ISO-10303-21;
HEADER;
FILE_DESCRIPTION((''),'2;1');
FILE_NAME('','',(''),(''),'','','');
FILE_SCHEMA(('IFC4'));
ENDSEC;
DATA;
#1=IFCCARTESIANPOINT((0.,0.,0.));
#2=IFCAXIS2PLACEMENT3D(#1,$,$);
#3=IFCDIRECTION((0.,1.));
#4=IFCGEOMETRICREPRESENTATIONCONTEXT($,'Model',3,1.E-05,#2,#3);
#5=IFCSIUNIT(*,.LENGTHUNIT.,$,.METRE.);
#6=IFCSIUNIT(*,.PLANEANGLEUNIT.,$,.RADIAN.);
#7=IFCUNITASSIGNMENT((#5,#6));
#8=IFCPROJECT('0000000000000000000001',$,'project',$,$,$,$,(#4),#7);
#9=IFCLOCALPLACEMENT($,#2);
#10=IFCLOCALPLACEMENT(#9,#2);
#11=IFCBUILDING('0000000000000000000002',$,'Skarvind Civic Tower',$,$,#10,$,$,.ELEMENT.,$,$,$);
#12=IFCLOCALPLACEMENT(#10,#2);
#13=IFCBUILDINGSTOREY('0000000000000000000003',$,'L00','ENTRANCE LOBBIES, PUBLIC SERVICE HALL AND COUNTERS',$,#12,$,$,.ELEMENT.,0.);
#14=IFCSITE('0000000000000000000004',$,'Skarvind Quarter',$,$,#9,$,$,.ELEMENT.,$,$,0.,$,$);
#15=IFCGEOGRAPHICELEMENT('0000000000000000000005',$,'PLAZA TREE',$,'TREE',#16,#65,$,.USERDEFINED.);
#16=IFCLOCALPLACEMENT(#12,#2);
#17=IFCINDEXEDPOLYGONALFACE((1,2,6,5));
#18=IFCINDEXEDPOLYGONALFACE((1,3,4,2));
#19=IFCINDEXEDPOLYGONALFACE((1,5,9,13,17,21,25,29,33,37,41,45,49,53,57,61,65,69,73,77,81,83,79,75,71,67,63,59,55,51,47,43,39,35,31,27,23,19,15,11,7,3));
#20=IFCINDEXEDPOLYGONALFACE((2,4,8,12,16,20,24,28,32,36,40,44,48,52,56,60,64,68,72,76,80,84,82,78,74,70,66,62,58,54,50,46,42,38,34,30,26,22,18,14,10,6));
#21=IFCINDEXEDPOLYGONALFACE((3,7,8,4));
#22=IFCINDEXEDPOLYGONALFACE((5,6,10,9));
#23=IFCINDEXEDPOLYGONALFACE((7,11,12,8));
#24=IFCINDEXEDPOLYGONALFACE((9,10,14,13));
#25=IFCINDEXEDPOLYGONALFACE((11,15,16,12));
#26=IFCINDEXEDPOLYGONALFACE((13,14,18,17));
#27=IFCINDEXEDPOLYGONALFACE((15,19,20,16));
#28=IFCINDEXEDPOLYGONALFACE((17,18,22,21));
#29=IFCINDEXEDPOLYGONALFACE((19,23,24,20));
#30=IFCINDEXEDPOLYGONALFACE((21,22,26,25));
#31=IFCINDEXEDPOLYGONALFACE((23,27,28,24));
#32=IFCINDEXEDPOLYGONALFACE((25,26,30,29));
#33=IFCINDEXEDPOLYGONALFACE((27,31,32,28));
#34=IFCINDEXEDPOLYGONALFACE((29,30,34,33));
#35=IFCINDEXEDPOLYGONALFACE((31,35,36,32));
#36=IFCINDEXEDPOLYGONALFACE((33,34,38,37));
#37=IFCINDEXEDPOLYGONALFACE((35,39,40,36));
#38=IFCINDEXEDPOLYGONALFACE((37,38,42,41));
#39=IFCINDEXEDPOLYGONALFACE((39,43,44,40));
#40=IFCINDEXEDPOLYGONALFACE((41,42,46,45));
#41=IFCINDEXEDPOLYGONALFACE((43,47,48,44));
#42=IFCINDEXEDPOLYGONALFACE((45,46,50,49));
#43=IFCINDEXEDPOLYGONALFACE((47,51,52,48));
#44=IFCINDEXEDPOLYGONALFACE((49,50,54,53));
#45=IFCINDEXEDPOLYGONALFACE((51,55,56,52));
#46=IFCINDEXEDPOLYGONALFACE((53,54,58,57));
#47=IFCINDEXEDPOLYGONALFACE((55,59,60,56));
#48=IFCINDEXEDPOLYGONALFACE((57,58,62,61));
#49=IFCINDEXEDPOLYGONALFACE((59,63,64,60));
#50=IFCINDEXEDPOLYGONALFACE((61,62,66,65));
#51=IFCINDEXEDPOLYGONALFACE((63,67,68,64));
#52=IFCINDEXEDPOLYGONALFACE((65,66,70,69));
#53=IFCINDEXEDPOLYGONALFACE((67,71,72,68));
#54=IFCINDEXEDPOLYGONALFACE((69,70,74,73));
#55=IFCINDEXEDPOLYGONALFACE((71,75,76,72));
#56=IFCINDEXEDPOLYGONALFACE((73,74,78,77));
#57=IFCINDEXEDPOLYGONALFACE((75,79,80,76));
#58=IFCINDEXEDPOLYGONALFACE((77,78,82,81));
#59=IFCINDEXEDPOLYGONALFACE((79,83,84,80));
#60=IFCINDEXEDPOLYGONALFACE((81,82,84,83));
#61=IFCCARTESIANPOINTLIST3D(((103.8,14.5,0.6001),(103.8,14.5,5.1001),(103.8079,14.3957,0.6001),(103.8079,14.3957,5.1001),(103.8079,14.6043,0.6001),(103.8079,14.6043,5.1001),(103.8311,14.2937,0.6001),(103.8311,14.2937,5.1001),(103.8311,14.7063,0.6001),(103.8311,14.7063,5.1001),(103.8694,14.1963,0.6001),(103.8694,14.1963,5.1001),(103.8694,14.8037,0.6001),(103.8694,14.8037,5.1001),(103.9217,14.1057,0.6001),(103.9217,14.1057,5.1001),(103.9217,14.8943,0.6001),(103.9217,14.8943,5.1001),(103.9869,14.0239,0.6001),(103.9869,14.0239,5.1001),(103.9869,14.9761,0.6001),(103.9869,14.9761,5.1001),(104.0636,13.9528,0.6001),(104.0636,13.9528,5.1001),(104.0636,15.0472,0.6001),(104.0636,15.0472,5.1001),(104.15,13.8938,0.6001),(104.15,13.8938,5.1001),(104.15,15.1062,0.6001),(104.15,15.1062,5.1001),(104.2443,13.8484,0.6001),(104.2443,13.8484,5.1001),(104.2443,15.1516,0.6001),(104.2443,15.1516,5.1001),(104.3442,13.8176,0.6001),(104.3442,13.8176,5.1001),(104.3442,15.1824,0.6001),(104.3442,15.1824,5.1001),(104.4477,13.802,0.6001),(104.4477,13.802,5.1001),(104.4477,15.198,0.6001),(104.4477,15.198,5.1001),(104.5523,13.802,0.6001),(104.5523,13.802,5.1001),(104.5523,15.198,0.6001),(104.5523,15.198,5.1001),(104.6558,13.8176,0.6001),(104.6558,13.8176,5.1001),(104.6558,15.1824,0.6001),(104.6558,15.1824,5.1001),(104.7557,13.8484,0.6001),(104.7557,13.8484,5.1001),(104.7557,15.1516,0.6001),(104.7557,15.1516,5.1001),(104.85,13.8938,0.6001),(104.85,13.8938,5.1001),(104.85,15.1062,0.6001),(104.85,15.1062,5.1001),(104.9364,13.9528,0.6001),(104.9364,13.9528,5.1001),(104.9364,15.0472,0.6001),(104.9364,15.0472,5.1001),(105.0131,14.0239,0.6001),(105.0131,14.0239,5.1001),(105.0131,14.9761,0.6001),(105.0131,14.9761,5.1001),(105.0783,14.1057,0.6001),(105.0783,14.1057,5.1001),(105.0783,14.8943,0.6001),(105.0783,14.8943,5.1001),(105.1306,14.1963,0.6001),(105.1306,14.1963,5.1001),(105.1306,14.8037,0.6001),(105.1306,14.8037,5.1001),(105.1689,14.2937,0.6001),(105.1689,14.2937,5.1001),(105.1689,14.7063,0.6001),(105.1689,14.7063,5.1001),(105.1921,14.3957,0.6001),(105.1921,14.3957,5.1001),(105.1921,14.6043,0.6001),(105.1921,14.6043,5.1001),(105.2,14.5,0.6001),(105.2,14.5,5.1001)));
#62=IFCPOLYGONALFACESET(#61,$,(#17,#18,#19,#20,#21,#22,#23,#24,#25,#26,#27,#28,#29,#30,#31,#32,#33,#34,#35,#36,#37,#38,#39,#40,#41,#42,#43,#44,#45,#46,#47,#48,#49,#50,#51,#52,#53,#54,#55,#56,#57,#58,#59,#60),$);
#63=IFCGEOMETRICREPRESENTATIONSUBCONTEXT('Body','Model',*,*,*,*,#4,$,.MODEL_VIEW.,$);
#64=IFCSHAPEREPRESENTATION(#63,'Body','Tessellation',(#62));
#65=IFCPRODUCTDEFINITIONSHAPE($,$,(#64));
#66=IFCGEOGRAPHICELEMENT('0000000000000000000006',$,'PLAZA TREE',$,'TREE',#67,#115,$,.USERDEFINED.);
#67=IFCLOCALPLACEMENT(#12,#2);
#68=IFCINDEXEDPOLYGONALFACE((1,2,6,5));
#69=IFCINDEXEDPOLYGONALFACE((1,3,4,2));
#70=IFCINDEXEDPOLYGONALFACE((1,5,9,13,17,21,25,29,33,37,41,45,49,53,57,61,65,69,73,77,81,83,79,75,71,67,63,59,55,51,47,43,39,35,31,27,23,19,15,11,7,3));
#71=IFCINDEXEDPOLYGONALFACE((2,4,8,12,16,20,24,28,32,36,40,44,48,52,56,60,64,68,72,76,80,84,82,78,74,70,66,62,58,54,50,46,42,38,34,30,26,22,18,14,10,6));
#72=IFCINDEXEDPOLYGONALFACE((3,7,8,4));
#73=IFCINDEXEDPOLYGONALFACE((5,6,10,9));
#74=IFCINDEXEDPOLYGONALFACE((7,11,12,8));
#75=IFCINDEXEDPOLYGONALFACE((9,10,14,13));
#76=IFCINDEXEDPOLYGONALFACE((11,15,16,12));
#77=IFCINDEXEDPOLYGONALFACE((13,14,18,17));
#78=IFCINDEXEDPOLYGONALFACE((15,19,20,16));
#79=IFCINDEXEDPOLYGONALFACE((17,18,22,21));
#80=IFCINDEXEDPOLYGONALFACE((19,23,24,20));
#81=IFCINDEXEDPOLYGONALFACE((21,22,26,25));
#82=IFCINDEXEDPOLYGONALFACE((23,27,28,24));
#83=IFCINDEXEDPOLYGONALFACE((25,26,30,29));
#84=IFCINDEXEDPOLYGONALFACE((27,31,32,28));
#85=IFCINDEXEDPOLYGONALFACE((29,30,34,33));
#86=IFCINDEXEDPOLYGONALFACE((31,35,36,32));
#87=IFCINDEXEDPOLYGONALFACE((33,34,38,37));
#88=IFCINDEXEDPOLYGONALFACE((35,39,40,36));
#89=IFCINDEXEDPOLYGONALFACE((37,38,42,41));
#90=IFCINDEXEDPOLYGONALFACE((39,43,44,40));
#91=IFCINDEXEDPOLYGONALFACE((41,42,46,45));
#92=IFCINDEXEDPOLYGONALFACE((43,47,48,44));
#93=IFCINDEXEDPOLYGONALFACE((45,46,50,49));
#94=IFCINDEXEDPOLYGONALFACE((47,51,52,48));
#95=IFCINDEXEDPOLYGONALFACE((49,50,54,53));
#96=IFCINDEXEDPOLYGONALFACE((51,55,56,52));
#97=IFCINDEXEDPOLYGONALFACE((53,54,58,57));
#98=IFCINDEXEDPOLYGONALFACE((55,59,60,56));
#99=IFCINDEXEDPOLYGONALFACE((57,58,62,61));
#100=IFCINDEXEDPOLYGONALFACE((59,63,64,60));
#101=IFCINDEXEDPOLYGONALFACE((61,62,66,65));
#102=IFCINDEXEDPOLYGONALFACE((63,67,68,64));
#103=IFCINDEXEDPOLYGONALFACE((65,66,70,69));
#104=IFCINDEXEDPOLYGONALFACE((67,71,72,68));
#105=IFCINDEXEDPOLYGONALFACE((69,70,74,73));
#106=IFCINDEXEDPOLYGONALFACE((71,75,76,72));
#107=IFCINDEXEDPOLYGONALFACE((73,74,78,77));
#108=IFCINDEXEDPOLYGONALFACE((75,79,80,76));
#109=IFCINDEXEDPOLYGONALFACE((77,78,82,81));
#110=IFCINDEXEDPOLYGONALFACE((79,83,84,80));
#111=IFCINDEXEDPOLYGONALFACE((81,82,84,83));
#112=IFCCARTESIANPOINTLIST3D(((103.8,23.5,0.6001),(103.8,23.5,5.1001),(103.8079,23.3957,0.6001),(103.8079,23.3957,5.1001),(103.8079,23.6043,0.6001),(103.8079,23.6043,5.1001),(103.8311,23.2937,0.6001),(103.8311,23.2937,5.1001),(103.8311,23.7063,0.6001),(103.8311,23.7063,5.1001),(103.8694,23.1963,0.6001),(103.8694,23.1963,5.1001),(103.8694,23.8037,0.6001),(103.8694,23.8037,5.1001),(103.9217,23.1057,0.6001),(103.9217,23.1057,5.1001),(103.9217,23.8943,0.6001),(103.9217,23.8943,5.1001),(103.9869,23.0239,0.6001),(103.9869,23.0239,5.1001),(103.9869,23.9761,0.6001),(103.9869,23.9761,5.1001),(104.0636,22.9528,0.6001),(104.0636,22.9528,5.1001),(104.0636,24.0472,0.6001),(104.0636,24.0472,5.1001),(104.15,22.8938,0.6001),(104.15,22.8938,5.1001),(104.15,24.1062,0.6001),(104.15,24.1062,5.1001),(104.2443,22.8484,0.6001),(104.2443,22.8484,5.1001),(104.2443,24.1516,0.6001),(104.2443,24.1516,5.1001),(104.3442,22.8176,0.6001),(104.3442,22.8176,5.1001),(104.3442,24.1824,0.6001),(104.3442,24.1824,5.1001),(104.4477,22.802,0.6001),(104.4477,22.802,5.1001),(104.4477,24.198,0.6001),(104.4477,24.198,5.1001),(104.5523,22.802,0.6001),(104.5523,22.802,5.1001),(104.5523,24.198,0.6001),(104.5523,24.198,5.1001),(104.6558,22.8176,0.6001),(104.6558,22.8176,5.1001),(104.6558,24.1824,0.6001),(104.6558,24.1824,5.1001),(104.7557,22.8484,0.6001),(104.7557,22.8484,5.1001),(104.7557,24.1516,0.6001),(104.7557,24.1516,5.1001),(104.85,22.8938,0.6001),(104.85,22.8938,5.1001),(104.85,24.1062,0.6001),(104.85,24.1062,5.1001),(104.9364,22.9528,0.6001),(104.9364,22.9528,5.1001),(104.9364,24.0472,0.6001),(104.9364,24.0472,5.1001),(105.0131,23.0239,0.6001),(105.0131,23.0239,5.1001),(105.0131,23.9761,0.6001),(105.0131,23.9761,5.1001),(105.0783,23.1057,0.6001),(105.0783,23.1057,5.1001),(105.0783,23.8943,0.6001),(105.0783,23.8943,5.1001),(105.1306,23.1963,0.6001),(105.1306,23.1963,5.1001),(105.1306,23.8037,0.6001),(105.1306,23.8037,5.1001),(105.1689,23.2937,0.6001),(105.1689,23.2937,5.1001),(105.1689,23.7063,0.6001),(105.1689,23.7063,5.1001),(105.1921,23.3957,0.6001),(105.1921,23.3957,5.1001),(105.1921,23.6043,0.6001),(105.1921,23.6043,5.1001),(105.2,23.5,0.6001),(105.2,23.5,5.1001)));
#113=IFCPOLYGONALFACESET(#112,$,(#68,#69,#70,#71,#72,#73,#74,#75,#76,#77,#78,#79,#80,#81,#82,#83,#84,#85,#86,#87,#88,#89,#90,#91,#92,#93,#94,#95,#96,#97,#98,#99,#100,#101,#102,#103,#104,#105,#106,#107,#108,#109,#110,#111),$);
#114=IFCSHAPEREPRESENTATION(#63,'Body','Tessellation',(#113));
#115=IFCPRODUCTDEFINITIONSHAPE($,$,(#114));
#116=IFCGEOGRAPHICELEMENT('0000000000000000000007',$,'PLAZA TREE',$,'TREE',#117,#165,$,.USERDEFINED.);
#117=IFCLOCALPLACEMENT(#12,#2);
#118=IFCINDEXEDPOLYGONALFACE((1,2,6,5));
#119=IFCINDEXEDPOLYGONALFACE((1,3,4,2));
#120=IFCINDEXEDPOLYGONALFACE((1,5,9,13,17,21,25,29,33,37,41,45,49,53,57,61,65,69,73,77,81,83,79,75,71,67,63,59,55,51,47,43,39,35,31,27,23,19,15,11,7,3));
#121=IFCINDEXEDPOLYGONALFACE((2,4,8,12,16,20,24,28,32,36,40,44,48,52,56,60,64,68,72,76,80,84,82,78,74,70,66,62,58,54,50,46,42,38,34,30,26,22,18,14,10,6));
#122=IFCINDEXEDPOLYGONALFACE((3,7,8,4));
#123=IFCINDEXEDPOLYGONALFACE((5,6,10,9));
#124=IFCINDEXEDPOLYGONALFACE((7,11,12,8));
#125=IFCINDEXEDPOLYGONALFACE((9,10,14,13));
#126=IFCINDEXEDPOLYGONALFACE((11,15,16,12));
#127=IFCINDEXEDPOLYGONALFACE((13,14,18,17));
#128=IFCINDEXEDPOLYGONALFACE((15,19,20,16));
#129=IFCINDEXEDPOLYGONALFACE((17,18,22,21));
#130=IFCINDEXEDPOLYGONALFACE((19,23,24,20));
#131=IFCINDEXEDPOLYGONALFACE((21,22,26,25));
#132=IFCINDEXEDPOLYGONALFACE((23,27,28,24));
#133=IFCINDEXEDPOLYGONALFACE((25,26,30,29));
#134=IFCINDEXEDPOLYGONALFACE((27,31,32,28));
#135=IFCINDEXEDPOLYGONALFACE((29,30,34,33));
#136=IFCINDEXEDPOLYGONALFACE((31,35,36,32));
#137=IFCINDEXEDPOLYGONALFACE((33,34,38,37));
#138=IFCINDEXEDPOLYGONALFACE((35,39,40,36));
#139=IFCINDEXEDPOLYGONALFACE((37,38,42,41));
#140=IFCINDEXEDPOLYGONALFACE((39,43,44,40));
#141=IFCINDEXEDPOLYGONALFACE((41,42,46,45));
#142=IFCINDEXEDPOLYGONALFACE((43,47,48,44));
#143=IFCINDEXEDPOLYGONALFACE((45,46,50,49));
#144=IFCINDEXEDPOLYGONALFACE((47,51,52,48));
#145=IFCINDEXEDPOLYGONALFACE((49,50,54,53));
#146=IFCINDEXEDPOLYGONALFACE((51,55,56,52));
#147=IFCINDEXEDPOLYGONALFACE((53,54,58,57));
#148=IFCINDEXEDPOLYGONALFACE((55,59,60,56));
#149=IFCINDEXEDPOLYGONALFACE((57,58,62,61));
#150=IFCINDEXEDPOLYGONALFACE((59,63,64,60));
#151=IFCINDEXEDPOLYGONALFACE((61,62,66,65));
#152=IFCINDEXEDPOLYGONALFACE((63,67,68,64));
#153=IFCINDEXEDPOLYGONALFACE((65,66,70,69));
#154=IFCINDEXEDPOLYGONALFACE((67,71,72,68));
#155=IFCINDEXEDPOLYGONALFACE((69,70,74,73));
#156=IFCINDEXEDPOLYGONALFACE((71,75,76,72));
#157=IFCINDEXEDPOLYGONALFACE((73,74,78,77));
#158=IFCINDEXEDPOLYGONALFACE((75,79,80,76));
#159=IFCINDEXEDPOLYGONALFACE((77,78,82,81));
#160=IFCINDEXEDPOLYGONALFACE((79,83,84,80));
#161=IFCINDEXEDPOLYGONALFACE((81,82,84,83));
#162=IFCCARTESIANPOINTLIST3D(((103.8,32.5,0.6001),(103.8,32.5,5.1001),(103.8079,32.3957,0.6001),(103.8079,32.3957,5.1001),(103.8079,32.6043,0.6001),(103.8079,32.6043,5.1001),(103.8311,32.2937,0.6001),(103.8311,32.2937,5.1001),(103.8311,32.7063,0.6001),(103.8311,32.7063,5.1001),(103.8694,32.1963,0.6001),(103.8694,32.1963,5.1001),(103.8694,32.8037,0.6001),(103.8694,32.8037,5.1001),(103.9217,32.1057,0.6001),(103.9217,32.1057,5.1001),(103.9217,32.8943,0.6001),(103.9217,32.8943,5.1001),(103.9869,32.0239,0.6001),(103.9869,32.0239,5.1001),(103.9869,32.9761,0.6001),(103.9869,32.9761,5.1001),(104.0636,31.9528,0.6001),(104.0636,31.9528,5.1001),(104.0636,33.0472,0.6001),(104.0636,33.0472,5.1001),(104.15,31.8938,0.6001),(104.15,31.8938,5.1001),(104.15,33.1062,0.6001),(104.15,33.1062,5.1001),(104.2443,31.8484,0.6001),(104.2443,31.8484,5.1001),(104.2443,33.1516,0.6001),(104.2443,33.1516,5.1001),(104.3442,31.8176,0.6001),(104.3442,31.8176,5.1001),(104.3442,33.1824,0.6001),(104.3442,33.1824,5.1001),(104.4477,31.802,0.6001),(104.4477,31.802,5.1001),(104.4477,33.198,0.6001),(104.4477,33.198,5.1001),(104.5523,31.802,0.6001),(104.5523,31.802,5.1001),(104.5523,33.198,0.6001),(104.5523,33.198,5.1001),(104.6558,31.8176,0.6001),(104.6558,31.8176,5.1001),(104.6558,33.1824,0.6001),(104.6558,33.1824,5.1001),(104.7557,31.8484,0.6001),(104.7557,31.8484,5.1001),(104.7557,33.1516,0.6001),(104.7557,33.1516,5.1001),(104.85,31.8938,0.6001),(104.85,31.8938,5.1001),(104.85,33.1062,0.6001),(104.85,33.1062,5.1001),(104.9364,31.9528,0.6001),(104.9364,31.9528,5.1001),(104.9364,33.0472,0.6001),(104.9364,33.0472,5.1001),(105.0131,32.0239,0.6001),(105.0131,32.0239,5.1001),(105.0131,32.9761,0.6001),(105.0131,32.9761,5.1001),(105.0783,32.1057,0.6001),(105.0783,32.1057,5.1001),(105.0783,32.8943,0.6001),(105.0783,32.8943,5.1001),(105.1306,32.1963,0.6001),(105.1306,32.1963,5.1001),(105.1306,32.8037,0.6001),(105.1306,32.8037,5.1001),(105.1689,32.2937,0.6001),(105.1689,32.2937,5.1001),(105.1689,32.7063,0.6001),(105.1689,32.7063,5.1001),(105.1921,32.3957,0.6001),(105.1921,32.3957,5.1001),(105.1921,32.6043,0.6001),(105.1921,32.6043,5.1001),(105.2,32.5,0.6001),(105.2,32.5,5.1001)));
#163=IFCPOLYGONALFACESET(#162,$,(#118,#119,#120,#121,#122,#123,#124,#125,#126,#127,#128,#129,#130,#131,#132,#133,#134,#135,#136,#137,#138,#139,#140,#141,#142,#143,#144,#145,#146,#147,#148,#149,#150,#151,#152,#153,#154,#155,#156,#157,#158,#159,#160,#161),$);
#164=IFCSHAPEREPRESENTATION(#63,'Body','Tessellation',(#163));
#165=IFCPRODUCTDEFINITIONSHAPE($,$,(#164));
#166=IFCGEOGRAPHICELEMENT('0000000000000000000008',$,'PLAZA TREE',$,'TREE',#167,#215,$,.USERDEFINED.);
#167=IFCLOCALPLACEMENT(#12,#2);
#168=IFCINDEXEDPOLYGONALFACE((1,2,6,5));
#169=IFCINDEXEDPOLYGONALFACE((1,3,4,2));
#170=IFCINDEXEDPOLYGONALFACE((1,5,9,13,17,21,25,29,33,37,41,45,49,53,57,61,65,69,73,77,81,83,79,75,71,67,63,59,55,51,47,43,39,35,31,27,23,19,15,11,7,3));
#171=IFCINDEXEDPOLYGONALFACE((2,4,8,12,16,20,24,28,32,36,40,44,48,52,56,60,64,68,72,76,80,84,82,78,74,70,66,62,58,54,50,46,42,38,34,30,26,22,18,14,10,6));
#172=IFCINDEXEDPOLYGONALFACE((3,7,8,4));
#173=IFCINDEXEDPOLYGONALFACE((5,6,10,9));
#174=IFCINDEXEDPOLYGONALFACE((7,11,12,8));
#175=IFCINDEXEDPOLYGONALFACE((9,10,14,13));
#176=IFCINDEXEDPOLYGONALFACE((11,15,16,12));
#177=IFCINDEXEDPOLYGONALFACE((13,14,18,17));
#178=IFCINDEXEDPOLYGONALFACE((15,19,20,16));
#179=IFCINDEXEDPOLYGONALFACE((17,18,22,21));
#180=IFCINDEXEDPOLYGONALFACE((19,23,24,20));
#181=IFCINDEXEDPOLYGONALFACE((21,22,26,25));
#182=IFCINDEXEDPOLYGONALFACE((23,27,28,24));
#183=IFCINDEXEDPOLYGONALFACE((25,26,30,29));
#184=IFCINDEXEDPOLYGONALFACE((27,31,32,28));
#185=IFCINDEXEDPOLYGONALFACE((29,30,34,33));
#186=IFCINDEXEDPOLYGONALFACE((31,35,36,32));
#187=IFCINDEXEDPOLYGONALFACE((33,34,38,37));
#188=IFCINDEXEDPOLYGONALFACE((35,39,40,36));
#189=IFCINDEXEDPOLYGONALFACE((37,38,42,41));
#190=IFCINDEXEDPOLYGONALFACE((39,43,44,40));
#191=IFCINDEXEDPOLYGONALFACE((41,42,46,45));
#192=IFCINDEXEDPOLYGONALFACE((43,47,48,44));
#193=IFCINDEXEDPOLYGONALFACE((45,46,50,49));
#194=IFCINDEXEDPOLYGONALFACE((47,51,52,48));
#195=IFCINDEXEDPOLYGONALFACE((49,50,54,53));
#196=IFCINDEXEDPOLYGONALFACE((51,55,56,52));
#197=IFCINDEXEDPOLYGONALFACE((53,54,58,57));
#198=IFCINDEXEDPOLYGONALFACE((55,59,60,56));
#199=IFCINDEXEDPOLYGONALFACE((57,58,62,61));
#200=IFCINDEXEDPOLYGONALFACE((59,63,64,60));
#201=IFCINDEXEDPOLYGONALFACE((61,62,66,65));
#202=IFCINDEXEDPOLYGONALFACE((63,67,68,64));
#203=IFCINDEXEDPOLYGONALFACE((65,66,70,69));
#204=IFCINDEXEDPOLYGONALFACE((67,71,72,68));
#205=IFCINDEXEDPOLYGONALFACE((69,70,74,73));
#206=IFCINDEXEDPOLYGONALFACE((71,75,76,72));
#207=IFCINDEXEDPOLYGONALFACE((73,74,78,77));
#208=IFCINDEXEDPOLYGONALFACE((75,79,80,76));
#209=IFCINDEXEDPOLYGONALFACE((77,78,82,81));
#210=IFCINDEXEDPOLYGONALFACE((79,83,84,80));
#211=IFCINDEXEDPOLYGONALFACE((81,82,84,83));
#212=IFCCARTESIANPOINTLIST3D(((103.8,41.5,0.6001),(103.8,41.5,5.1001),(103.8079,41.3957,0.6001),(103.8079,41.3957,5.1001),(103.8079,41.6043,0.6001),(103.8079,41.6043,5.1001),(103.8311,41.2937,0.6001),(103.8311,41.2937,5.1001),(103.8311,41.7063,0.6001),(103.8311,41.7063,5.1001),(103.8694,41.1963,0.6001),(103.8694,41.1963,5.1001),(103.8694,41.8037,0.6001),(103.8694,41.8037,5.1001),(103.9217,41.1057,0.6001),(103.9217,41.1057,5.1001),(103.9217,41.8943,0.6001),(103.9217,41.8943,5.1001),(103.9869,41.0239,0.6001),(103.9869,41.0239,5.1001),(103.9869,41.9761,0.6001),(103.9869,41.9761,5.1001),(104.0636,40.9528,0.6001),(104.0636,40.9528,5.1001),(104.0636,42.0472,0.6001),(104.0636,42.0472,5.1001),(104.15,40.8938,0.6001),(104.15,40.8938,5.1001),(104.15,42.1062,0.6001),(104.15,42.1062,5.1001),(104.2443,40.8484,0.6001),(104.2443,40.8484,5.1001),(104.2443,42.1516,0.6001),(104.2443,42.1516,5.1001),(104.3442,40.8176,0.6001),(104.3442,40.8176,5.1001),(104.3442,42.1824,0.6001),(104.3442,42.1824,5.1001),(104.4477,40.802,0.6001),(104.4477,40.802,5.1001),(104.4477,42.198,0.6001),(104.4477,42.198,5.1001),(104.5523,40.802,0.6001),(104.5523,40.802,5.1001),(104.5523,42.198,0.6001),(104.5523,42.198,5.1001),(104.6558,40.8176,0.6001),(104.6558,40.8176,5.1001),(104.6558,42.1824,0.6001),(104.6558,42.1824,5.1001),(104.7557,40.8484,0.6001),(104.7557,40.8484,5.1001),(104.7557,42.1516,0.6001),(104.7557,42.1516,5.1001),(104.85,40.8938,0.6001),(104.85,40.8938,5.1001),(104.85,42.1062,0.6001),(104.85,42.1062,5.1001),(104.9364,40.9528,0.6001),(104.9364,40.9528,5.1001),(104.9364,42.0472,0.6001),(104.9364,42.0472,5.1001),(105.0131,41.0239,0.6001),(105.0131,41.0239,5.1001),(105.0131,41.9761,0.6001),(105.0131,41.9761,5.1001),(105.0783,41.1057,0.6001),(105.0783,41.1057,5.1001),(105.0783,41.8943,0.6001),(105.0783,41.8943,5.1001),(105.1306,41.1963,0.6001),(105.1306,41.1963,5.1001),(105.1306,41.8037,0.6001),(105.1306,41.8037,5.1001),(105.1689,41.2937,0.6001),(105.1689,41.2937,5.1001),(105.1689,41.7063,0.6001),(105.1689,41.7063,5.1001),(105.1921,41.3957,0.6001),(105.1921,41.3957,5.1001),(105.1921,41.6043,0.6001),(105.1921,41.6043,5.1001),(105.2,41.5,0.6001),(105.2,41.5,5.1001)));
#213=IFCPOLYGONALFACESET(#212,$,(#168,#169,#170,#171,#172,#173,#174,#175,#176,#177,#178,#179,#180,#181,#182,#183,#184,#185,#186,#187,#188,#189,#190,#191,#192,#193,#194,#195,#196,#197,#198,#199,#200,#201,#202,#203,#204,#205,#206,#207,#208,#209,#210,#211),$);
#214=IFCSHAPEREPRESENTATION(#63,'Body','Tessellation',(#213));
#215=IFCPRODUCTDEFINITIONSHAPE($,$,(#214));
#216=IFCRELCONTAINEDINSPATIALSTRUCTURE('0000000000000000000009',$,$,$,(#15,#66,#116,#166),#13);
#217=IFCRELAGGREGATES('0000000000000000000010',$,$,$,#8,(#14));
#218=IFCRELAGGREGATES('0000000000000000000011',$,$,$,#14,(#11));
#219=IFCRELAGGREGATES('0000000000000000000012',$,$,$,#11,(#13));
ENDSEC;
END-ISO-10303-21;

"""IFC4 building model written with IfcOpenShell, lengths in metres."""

from ifc_helpers import new_model, si_unit, direction, frame, origin, origin_2d, place, context, subcontext, project, spatial, circle, extrude, element, save


model = new_model("IFC4")

# Units and contexts
model_context = context("Model", 3, precision=1e-05, world=origin(), true_north=direction((0.0, 1.0)))
body_context = subcontext(model_context, "Body", "Model", "MODEL_VIEW")
ifc_project = project(units=[si_unit("LENGTHUNIT", "METRE"), si_unit("PLANEANGLEUNIT", "RADIAN")], contexts=[model_context])

# Site, building, storey
site_placement = place(None, origin())
site = spatial("IfcSite", under=ifc_project, at=site_placement, Name="Skarvind Quarter", CompositionType="ELEMENT", RefElevation=0.0)
building_placement = place(site_placement, origin())
building = spatial("IfcBuilding", under=site, at=building_placement, Name="Skarvind Civic Tower", CompositionType="ELEMENT")
storey_placement = place(building_placement, origin())
storey = spatial("IfcBuildingStorey", under=building, at=storey_placement, Name="L00", Description="ENTRANCE LOBBIES, PUBLIC SERVICE HALL AND COUNTERS", CompositionType="ELEMENT", Elevation=0.0)

# Geographic elements
for number, where, z_axis, x_axis, name in (
    (1, (104.5, 14.5, 0.6001), (0.0, 0.0, 1.0), (1.0, 0.0, 0.0), "PLAZA TREE"),
    (2, (104.5, 23.5, 0.6001), (0.0, 0.0, 1.0), (1.0, 0.0, 0.0), "PLAZA TREE"),
    (3, (104.5, 32.5, 0.6001), (0.0, 0.0, 1.0), (1.0, 0.0, 0.0), "PLAZA TREE"),
    (4, (104.5, 41.5, 0.6001), (0.0, 0.0, 1.0), (1.0, 0.0, 0.0), "PLAZA TREE"),
):
    element("IfcGeographicElement", number, at=place(storey_placement, frame(where, z_axis=z_axis, x_axis=x_axis)), inside=storey, Name=name, ObjectType="TREE", PredefinedType="USERDEFINED", context=body_context, shape_type="SweptSolid", body=[
        extrude(circle(Radius=0.7, at=origin_2d()), origin(), (0.0, 0.0, 1.0), 4.5),
    ])

save(model, "model.ifc")
